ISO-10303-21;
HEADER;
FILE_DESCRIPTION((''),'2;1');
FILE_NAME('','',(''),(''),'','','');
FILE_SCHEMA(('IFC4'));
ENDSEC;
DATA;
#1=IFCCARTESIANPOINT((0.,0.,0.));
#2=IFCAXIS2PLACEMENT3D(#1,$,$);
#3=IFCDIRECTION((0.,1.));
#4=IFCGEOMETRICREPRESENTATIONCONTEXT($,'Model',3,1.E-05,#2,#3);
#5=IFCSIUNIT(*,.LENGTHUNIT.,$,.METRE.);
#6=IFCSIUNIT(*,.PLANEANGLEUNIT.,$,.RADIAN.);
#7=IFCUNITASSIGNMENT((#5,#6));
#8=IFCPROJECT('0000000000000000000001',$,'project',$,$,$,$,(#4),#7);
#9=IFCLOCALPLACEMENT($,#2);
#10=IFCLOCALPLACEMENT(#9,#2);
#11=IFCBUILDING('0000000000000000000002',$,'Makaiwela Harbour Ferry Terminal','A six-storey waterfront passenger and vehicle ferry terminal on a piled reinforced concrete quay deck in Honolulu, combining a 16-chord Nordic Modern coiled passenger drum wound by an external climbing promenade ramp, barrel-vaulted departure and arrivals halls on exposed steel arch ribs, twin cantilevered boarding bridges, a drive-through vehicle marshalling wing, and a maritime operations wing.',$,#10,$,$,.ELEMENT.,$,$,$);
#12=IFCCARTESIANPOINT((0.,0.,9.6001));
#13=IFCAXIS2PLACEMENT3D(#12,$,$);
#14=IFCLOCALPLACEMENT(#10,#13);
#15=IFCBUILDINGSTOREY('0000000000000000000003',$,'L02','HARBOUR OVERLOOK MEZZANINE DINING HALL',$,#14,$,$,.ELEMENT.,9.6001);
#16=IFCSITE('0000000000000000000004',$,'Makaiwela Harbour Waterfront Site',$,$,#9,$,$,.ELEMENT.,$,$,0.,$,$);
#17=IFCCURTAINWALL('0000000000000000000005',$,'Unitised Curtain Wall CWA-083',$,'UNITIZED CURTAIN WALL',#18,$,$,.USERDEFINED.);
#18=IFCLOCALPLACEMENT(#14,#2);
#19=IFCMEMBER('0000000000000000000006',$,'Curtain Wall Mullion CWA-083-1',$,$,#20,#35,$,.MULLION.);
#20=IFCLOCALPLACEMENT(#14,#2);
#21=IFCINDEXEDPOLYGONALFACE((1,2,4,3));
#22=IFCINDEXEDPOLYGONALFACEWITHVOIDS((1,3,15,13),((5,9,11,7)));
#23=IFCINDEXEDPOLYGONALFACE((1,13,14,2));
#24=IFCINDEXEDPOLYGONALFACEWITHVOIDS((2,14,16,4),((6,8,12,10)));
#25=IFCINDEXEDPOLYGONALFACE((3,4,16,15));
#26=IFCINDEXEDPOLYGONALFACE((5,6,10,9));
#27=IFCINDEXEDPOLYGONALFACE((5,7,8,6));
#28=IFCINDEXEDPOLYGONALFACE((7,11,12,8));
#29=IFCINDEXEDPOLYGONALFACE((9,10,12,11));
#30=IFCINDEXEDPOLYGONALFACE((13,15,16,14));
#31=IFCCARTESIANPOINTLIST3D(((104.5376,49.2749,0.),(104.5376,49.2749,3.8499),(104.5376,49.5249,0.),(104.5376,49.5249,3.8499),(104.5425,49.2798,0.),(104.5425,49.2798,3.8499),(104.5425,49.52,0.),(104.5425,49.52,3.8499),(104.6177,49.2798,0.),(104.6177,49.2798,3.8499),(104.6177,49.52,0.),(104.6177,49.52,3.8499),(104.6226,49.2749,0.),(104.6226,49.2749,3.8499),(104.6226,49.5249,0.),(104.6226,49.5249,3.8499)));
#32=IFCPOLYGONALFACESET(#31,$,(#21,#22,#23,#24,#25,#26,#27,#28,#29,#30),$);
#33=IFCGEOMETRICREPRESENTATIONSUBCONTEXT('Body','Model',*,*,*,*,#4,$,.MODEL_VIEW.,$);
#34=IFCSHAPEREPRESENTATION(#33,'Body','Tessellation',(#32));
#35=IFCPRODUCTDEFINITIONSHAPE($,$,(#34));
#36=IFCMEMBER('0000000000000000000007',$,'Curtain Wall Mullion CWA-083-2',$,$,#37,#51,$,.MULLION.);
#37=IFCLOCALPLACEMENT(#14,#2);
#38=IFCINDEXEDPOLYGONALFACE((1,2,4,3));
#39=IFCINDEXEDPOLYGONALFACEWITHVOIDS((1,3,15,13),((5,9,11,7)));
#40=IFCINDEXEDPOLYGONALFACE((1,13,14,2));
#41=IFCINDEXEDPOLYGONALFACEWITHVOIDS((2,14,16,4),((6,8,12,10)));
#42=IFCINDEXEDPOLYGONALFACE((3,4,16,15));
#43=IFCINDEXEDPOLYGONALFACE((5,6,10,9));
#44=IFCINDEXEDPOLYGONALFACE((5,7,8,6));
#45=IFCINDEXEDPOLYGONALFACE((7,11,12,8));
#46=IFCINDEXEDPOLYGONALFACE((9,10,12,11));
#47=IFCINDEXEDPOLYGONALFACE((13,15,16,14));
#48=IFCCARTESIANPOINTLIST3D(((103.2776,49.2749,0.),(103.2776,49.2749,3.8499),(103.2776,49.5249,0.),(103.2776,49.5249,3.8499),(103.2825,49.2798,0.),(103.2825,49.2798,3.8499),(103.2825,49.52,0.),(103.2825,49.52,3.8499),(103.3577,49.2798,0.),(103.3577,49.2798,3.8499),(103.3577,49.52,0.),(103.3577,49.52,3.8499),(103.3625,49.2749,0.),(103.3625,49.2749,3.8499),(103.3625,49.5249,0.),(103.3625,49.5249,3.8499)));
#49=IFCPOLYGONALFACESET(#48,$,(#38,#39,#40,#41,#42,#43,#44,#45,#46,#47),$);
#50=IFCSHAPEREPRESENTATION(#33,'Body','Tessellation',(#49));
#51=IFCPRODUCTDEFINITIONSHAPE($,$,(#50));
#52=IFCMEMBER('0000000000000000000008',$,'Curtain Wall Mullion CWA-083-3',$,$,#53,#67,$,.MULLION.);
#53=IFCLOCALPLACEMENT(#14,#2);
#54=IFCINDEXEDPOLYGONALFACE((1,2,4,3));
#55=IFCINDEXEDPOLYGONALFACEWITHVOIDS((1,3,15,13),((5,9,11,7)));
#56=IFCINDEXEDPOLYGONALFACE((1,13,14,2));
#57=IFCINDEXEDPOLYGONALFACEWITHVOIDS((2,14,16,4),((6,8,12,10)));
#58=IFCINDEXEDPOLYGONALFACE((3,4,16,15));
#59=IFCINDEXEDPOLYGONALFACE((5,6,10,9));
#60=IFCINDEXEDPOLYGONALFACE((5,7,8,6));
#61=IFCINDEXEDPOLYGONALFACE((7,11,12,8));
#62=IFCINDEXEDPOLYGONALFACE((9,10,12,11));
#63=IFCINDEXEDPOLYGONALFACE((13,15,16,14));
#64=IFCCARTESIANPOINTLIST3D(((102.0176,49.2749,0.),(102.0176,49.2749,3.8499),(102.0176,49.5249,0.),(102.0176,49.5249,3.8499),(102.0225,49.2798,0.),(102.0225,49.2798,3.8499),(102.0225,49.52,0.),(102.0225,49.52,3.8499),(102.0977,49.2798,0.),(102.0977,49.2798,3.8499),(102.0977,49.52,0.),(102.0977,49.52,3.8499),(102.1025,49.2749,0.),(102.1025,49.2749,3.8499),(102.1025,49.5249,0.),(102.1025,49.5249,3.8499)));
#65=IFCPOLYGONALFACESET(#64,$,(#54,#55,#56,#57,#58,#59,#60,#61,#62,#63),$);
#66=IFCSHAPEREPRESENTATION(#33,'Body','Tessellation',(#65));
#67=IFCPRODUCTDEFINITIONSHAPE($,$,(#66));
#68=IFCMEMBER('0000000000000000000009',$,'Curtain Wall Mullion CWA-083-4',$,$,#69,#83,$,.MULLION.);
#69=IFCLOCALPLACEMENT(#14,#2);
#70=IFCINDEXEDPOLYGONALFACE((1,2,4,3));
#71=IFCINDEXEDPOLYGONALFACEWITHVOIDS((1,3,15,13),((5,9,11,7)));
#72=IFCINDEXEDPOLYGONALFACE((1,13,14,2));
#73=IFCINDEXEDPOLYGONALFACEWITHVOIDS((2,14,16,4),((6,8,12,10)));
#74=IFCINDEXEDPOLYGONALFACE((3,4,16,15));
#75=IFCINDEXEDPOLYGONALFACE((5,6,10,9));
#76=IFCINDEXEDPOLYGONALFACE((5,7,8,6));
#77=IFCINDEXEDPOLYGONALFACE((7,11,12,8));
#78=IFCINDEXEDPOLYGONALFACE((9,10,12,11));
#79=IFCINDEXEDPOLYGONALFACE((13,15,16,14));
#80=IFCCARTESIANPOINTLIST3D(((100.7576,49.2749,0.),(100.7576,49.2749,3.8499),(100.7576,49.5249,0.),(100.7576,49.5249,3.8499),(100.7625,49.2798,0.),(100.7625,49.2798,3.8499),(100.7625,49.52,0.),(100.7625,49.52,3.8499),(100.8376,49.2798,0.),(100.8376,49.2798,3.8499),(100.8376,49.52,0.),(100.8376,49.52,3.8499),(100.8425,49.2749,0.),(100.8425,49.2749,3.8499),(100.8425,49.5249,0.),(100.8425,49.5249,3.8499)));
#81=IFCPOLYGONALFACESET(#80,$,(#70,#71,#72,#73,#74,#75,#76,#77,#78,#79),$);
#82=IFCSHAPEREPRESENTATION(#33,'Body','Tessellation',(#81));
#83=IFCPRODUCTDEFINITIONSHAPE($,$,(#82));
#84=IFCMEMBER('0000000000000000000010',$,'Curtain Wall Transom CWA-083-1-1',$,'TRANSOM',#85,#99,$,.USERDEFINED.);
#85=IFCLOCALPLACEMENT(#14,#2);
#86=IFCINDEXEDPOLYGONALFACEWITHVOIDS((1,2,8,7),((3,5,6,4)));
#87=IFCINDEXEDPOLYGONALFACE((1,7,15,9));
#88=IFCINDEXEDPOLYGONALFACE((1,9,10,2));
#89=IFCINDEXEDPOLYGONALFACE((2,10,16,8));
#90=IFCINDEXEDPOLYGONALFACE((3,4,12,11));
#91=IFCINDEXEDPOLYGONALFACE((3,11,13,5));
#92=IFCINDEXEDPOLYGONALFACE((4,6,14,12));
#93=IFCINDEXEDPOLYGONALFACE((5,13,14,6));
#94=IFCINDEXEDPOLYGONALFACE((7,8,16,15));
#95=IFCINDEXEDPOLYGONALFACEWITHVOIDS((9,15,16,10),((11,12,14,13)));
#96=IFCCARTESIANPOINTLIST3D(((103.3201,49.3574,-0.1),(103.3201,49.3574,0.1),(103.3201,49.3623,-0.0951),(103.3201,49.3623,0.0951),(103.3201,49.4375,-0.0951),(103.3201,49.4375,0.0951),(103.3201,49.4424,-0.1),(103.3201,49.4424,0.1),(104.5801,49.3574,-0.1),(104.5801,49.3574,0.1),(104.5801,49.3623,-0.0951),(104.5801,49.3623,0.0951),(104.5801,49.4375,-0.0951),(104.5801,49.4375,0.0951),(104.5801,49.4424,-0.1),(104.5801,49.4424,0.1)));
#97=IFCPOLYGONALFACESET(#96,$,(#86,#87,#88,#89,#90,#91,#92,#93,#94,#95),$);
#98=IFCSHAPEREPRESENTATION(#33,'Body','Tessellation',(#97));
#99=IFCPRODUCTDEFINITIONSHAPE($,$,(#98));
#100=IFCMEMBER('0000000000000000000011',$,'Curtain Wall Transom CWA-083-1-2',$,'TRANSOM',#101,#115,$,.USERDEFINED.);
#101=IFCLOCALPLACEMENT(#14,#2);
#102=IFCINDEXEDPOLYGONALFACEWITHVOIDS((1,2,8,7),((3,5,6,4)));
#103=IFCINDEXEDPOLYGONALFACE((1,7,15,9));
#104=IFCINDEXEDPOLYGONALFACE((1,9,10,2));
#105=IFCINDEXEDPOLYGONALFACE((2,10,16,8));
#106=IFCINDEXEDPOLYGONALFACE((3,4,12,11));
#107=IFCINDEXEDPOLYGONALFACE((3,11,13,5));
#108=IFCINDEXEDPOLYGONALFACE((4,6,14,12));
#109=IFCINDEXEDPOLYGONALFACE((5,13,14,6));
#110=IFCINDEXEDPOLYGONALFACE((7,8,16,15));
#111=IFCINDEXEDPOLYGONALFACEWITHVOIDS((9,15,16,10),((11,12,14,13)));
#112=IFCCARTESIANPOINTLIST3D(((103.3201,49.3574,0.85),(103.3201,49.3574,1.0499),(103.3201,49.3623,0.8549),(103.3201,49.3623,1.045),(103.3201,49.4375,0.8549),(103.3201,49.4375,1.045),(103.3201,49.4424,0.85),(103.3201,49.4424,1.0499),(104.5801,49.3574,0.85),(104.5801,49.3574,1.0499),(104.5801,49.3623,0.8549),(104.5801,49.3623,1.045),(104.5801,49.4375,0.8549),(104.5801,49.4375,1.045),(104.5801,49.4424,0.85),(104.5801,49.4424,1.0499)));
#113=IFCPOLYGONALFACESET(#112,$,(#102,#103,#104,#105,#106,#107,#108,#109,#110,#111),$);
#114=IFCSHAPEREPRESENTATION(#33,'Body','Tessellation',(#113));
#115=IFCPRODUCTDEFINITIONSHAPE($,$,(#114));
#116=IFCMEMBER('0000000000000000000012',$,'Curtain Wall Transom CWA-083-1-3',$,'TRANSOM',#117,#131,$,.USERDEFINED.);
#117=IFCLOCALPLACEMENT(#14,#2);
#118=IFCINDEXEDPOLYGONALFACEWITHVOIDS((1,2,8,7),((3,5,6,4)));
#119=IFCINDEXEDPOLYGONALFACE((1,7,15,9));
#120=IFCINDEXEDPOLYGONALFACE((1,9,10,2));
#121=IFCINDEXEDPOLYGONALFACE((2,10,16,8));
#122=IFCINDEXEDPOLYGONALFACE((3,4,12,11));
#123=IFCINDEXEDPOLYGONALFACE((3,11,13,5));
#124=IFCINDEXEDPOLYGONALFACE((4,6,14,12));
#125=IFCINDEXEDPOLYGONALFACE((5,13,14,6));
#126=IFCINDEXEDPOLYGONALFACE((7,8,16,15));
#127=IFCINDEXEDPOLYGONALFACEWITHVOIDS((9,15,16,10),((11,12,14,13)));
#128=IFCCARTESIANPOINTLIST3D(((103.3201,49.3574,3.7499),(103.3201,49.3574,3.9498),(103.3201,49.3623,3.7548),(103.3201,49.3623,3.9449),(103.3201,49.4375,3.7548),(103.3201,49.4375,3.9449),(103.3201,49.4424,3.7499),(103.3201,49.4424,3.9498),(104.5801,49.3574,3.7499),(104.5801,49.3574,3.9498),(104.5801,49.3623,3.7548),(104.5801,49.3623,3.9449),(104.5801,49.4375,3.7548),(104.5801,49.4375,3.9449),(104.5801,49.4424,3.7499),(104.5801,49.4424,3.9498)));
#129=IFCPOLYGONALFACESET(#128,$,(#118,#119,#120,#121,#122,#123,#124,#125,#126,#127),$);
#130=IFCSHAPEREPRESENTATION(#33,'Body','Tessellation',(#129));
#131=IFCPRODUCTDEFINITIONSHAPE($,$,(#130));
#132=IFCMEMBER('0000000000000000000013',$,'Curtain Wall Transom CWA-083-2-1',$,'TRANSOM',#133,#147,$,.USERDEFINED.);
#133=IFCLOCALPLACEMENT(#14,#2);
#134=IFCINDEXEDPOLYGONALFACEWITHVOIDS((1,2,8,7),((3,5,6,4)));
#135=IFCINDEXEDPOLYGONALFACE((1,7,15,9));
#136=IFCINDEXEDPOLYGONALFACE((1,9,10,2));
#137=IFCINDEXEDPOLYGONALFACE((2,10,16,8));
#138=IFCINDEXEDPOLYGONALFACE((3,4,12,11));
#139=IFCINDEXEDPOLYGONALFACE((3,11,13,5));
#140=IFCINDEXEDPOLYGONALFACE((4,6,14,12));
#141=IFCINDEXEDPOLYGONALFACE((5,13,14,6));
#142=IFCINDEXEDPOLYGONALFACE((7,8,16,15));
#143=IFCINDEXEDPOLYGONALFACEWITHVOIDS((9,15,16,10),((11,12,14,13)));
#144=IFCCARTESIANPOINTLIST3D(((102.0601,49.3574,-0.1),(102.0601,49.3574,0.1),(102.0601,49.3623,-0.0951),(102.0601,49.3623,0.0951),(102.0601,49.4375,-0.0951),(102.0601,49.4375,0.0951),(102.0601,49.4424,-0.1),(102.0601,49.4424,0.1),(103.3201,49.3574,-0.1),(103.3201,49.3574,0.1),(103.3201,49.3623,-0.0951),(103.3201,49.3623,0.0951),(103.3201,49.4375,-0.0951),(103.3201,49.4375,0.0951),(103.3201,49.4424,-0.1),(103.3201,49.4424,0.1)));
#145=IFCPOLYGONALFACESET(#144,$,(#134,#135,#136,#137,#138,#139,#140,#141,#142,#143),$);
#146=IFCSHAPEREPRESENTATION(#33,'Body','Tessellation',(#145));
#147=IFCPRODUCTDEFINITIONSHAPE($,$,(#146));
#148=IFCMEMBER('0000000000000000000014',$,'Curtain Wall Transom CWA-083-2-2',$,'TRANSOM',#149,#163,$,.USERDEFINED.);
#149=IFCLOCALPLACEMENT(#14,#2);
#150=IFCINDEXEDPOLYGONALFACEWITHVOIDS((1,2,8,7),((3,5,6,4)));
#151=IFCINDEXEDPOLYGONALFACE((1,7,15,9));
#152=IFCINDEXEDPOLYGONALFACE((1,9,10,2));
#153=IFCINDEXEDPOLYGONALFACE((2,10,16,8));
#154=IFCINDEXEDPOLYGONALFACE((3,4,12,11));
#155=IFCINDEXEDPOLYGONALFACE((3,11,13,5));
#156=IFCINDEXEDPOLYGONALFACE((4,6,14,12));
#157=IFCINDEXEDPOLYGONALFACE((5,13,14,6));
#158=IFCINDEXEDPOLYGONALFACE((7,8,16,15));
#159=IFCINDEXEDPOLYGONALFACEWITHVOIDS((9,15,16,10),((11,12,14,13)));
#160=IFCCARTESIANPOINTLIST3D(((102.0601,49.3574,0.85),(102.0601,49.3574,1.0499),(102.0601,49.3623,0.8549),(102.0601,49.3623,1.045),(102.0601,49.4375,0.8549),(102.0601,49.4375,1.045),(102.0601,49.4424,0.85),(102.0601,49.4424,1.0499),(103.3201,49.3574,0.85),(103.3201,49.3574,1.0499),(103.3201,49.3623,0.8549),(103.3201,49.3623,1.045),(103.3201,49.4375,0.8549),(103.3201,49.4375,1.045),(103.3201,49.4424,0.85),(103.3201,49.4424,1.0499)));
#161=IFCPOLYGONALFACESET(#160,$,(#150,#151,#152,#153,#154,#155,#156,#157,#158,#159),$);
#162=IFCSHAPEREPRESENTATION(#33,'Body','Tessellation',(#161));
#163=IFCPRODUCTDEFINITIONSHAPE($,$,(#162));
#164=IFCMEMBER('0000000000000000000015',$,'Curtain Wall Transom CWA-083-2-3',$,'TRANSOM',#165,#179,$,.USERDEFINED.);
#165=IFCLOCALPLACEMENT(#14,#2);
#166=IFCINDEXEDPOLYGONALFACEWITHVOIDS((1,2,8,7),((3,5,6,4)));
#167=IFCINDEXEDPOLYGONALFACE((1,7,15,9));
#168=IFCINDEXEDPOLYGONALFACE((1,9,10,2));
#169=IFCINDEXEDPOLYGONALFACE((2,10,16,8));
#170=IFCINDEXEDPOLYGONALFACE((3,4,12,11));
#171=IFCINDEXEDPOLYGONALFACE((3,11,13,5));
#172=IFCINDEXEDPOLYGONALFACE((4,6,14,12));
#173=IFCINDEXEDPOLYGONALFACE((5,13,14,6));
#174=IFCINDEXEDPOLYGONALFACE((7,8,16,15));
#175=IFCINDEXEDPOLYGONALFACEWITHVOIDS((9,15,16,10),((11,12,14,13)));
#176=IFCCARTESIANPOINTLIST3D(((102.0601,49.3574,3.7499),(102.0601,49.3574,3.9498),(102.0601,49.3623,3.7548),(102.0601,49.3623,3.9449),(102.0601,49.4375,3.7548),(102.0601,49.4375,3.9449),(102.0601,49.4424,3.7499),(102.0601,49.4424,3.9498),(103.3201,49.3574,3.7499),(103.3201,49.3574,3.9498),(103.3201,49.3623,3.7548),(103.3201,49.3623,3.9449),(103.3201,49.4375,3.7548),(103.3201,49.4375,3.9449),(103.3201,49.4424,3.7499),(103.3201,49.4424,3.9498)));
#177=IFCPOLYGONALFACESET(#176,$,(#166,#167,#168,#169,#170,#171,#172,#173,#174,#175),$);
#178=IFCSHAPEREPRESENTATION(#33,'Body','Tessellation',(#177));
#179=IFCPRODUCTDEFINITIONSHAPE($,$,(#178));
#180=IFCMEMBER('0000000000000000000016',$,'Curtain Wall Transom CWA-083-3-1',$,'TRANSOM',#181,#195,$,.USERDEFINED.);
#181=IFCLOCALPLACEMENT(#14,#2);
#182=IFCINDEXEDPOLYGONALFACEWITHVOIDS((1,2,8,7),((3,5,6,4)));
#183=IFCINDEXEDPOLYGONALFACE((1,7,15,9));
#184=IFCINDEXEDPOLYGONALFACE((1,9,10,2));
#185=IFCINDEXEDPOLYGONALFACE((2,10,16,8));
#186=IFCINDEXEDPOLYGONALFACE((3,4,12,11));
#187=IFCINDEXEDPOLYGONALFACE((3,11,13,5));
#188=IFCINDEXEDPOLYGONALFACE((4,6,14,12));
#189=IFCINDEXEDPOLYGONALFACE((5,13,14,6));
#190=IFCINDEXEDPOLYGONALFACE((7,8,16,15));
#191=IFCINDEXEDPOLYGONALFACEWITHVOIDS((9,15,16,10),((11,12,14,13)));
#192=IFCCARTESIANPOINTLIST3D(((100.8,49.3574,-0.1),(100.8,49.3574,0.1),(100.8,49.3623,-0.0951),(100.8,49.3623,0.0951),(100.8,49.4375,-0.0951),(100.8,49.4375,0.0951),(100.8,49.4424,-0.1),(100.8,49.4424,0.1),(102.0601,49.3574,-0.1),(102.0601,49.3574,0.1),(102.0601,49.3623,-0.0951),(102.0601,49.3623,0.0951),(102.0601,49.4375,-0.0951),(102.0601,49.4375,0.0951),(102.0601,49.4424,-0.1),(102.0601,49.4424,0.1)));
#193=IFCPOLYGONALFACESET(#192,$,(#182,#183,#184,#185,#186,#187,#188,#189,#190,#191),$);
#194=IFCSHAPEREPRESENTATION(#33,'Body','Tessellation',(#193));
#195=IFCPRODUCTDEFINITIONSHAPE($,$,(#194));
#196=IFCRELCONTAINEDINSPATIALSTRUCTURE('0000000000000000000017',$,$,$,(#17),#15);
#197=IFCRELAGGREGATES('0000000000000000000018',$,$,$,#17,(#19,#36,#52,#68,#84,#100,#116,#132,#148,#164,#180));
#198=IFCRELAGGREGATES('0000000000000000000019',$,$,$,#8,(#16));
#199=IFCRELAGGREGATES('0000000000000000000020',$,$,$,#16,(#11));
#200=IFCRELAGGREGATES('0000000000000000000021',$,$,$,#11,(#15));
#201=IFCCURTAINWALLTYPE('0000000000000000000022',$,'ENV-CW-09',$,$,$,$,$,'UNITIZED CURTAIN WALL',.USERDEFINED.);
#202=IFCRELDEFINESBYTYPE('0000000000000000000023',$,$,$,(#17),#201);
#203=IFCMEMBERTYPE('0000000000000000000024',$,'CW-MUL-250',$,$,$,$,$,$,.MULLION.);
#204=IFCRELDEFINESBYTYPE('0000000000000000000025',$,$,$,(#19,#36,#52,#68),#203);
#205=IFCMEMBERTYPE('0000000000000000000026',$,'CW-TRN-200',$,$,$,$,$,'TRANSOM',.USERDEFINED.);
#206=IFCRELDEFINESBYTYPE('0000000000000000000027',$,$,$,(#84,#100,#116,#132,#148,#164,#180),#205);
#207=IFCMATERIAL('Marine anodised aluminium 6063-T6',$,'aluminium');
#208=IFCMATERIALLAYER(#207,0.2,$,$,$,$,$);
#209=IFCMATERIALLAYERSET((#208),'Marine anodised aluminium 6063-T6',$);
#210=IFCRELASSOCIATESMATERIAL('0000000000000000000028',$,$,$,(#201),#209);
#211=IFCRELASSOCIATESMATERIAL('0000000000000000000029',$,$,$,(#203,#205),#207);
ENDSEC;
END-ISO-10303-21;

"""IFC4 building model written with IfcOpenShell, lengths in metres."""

from ifc_helpers import new_model, si_unit, direction, frame, origin, origin_2d, place, context, subcontext, project, spatial, hollow_rectangle, extrude, material, layer, layer_set, material_profile, profile_set, type_object, element, aggregate, save


model = new_model("IFC4")

# Units and contexts
model_context = context("Model", 3, precision=1e-05, world=origin(), true_north=direction((0.0, 1.0)))
body_context = subcontext(model_context, "Body", "Model", "MODEL_VIEW")
ifc_project = project(units=[si_unit("LENGTHUNIT", "METRE"), si_unit("PLANEANGLEUNIT", "RADIAN")], contexts=[model_context])

# Site, building, storey
site_placement = place(None, origin())
site = spatial("IfcSite", under=ifc_project, at=site_placement, Name="Makaiwela Harbour Waterfront Site", CompositionType="ELEMENT", RefElevation=0.0)
building_placement = place(site_placement, origin())
building = spatial("IfcBuilding", under=site, at=building_placement, Name="Makaiwela Harbour Ferry Terminal", Description="A six-storey waterfront passenger and vehicle ferry terminal on a piled reinforced concrete quay deck in Honolulu, combining a 16-chord Nordic Modern coiled passenger drum wound by an external climbing promenade ramp, barrel-vaulted departure and arrivals halls on exposed steel arch ribs, twin cantilevered boarding bridges, a drive-through vehicle marshalling wing, and a maritime operations wing.", CompositionType="ELEMENT")
storey_placement = place(building_placement, frame((0.0, 0.0, 9.6001)))
storey = spatial("IfcBuildingStorey", under=building, at=storey_placement, Name="L02", Description="HARBOUR OVERLOOK MEZZANINE DINING HALL", CompositionType="ELEMENT", Elevation=9.6001)

# Curtain wall, members
ifc_material_1 = material(Name="Marine anodised aluminium 6063-T6", Category="aluminium")
ifc_layer_1 = layer(ifc_material_1, 0.2)
ifc_layer_set_1 = layer_set([ifc_layer_1], Name="Marine anodised aluminium 6063-T6")
curtain_wall_type = type_object("IfcCurtainWallType", Name="ENV-CW-09", ElementType="UNITIZED CURTAIN WALL", PredefinedType="USERDEFINED", material=ifc_layer_set_1)
curtain_wall_placement = place(storey_placement, origin())
curtain_wall = element("IfcCurtainWall", 1, at=curtain_wall_placement, inside=storey, type_object=curtain_wall_type, Name="Unitised Curtain Wall CWA-083", ObjectType="UNITIZED CURTAIN WALL", PredefinedType="USERDEFINED")
ifc_material_profile_1 = material_profile(ifc_material_1, hollow_rectangle(XDim=0.085, YDim=0.25, WallThickness=0.0049, at=origin_2d()), Name="CWM-250X85")
ifc_profile_set_1 = profile_set([ifc_material_profile_1], Name="Marine anodised aluminium 6063-T6")
member_type_1 = type_object("IfcMemberType", Name="CW-MUL-250", PredefinedType="MULLION", material=ifc_profile_set_1)
member_1_placement = place(storey_placement, frame((104.5801, 49.3999, 0.0), z_axis=(0.0, 0.0, 1.0), x_axis=(1.0, 0.0, 0.0)))
member_1 = element("IfcMember", 2, at=member_1_placement, type_object=member_type_1, Name="Curtain Wall Mullion CWA-083-1", PredefinedType="MULLION", context=body_context, shape_type="SweptSolid", body=[
    extrude(hollow_rectangle(XDim=0.085, YDim=0.25, WallThickness=0.0049, at=origin_2d()), origin(), (0.0, 0.0, 1.0), 3.8499),
])
member_2_placement = place(storey_placement, frame((103.3201, 49.3999, 0.0), z_axis=(0.0, 0.0, 1.0), x_axis=(1.0, 0.0, 0.0)))
member_2 = element("IfcMember", 3, at=member_2_placement, type_object=member_type_1, Name="Curtain Wall Mullion CWA-083-2", PredefinedType="MULLION", context=body_context, shape_type="SweptSolid", body=[
    extrude(hollow_rectangle(XDim=0.085, YDim=0.25, WallThickness=0.0049, at=origin_2d()), origin(), (0.0, 0.0, 1.0), 3.8499),
])
member_3_placement = place(storey_placement, frame((102.0601, 49.3999, 0.0), z_axis=(0.0, 0.0, 1.0), x_axis=(1.0, 0.0, 0.0)))
member_3 = element("IfcMember", 4, at=member_3_placement, type_object=member_type_1, Name="Curtain Wall Mullion CWA-083-3", PredefinedType="MULLION", context=body_context, shape_type="SweptSolid", body=[
    extrude(hollow_rectangle(XDim=0.085, YDim=0.25, WallThickness=0.0049, at=origin_2d()), origin(), (0.0, 0.0, 1.0), 3.8499),
])
member_4_placement = place(storey_placement, frame((100.8, 49.3999, 0.0), z_axis=(0.0, 0.0, 1.0), x_axis=(1.0, 0.0, 0.0)))
member_4 = element("IfcMember", 5, at=member_4_placement, type_object=member_type_1, Name="Curtain Wall Mullion CWA-083-4", PredefinedType="MULLION", context=body_context, shape_type="SweptSolid", body=[
    extrude(hollow_rectangle(XDim=0.085, YDim=0.25, WallThickness=0.0049, at=origin_2d()), origin(), (0.0, 0.0, 1.0), 3.8499),
])
ifc_material_profile_2 = material_profile(ifc_material_1, hollow_rectangle(XDim=0.085, YDim=0.2, WallThickness=0.0049, at=origin_2d()), Name="CWT-200X85")
ifc_profile_set_2 = profile_set([ifc_material_profile_2], Name="Marine anodised aluminium 6063-T6")
member_type_2 = type_object("IfcMemberType", Name="CW-TRN-200", ElementType="TRANSOM", PredefinedType="USERDEFINED", material=ifc_profile_set_2)
member_5_placement = place(storey_placement, frame((104.5801, 49.3999, 0.0), z_axis=(-1.0, 0.0, 0.0), x_axis=(0.0, -1.0, 0.0)))
member_5 = element("IfcMember", 6, at=member_5_placement, type_object=member_type_2, Name="Curtain Wall Transom CWA-083-1-1", ObjectType="TRANSOM", PredefinedType="USERDEFINED", context=body_context, shape_type="SweptSolid", body=[
    extrude(hollow_rectangle(XDim=0.085, YDim=0.2, WallThickness=0.0049, at=origin_2d()), origin(), (0.0, 0.0, 1.0), 1.26),
])
member_6_placement = place(storey_placement, frame((104.5801, 49.3999, 0.95), z_axis=(-1.0, 0.0, 0.0), x_axis=(0.0, -1.0, 0.0)))
member_6 = element("IfcMember", 7, at=member_6_placement, type_object=member_type_2, Name="Curtain Wall Transom CWA-083-1-2", ObjectType="TRANSOM", PredefinedType="USERDEFINED", context=body_context, shape_type="SweptSolid", body=[
    extrude(hollow_rectangle(XDim=0.085, YDim=0.2, WallThickness=0.0049, at=origin_2d()), origin(), (0.0, 0.0, 1.0), 1.26),
])
member_7_placement = place(storey_placement, frame((104.5801, 49.3999, 3.8499), z_axis=(-1.0, 0.0, 0.0), x_axis=(0.0, -1.0, 0.0)))
member_7 = element("IfcMember", 8, at=member_7_placement, type_object=member_type_2, Name="Curtain Wall Transom CWA-083-1-3", ObjectType="TRANSOM", PredefinedType="USERDEFINED", context=body_context, shape_type="SweptSolid", body=[
    extrude(hollow_rectangle(XDim=0.085, YDim=0.2, WallThickness=0.0049, at=origin_2d()), origin(), (0.0, 0.0, 1.0), 1.26),
])
member_8_placement = place(storey_placement, frame((103.3201, 49.3999, 0.0), z_axis=(-1.0, 0.0, 0.0), x_axis=(0.0, -1.0, 0.0)))
member_8 = element("IfcMember", 9, at=member_8_placement, type_object=member_type_2, Name="Curtain Wall Transom CWA-083-2-1", ObjectType="TRANSOM", PredefinedType="USERDEFINED", context=body_context, shape_type="SweptSolid", body=[
    extrude(hollow_rectangle(XDim=0.085, YDim=0.2, WallThickness=0.0049, at=origin_2d()), origin(), (0.0, 0.0, 1.0), 1.26),
])
member_9_placement = place(storey_placement, frame((103.3201, 49.3999, 0.95), z_axis=(-1.0, 0.0, 0.0), x_axis=(0.0, -1.0, 0.0)))
member_9 = element("IfcMember", 10, at=member_9_placement, type_object=member_type_2, Name="Curtain Wall Transom CWA-083-2-2", ObjectType="TRANSOM", PredefinedType="USERDEFINED", context=body_context, shape_type="SweptSolid", body=[
    extrude(hollow_rectangle(XDim=0.085, YDim=0.2, WallThickness=0.0049, at=origin_2d()), origin(), (0.0, 0.0, 1.0), 1.26),
])
member_10_placement = place(storey_placement, frame((103.3201, 49.3999, 3.8499), z_axis=(-1.0, 0.0, 0.0), x_axis=(0.0, -1.0, 0.0)))
member_10 = element("IfcMember", 11, at=member_10_placement, type_object=member_type_2, Name="Curtain Wall Transom CWA-083-2-3", ObjectType="TRANSOM", PredefinedType="USERDEFINED", context=body_context, shape_type="SweptSolid", body=[
    extrude(hollow_rectangle(XDim=0.085, YDim=0.2, WallThickness=0.0049, at=origin_2d()), origin(), (0.0, 0.0, 1.0), 1.26),
])
member_11_placement = place(storey_placement, frame((102.0601, 49.3999, 0.0), z_axis=(-1.0, 0.0, 0.0), x_axis=(0.0, -1.0, 0.0)))
member_11 = element("IfcMember", 12, at=member_11_placement, type_object=member_type_2, Name="Curtain Wall Transom CWA-083-3-1", ObjectType="TRANSOM", PredefinedType="USERDEFINED", context=body_context, shape_type="SweptSolid", body=[
    extrude(hollow_rectangle(XDim=0.085, YDim=0.2, WallThickness=0.0049, at=origin_2d()), origin(), (0.0, 0.0, 1.0), 1.26),
])
aggregate(curtain_wall, [member_1, member_2, member_3, member_4, member_5, member_6, member_7, member_8, member_9, member_10, member_11])

save(model, "model.ifc")
